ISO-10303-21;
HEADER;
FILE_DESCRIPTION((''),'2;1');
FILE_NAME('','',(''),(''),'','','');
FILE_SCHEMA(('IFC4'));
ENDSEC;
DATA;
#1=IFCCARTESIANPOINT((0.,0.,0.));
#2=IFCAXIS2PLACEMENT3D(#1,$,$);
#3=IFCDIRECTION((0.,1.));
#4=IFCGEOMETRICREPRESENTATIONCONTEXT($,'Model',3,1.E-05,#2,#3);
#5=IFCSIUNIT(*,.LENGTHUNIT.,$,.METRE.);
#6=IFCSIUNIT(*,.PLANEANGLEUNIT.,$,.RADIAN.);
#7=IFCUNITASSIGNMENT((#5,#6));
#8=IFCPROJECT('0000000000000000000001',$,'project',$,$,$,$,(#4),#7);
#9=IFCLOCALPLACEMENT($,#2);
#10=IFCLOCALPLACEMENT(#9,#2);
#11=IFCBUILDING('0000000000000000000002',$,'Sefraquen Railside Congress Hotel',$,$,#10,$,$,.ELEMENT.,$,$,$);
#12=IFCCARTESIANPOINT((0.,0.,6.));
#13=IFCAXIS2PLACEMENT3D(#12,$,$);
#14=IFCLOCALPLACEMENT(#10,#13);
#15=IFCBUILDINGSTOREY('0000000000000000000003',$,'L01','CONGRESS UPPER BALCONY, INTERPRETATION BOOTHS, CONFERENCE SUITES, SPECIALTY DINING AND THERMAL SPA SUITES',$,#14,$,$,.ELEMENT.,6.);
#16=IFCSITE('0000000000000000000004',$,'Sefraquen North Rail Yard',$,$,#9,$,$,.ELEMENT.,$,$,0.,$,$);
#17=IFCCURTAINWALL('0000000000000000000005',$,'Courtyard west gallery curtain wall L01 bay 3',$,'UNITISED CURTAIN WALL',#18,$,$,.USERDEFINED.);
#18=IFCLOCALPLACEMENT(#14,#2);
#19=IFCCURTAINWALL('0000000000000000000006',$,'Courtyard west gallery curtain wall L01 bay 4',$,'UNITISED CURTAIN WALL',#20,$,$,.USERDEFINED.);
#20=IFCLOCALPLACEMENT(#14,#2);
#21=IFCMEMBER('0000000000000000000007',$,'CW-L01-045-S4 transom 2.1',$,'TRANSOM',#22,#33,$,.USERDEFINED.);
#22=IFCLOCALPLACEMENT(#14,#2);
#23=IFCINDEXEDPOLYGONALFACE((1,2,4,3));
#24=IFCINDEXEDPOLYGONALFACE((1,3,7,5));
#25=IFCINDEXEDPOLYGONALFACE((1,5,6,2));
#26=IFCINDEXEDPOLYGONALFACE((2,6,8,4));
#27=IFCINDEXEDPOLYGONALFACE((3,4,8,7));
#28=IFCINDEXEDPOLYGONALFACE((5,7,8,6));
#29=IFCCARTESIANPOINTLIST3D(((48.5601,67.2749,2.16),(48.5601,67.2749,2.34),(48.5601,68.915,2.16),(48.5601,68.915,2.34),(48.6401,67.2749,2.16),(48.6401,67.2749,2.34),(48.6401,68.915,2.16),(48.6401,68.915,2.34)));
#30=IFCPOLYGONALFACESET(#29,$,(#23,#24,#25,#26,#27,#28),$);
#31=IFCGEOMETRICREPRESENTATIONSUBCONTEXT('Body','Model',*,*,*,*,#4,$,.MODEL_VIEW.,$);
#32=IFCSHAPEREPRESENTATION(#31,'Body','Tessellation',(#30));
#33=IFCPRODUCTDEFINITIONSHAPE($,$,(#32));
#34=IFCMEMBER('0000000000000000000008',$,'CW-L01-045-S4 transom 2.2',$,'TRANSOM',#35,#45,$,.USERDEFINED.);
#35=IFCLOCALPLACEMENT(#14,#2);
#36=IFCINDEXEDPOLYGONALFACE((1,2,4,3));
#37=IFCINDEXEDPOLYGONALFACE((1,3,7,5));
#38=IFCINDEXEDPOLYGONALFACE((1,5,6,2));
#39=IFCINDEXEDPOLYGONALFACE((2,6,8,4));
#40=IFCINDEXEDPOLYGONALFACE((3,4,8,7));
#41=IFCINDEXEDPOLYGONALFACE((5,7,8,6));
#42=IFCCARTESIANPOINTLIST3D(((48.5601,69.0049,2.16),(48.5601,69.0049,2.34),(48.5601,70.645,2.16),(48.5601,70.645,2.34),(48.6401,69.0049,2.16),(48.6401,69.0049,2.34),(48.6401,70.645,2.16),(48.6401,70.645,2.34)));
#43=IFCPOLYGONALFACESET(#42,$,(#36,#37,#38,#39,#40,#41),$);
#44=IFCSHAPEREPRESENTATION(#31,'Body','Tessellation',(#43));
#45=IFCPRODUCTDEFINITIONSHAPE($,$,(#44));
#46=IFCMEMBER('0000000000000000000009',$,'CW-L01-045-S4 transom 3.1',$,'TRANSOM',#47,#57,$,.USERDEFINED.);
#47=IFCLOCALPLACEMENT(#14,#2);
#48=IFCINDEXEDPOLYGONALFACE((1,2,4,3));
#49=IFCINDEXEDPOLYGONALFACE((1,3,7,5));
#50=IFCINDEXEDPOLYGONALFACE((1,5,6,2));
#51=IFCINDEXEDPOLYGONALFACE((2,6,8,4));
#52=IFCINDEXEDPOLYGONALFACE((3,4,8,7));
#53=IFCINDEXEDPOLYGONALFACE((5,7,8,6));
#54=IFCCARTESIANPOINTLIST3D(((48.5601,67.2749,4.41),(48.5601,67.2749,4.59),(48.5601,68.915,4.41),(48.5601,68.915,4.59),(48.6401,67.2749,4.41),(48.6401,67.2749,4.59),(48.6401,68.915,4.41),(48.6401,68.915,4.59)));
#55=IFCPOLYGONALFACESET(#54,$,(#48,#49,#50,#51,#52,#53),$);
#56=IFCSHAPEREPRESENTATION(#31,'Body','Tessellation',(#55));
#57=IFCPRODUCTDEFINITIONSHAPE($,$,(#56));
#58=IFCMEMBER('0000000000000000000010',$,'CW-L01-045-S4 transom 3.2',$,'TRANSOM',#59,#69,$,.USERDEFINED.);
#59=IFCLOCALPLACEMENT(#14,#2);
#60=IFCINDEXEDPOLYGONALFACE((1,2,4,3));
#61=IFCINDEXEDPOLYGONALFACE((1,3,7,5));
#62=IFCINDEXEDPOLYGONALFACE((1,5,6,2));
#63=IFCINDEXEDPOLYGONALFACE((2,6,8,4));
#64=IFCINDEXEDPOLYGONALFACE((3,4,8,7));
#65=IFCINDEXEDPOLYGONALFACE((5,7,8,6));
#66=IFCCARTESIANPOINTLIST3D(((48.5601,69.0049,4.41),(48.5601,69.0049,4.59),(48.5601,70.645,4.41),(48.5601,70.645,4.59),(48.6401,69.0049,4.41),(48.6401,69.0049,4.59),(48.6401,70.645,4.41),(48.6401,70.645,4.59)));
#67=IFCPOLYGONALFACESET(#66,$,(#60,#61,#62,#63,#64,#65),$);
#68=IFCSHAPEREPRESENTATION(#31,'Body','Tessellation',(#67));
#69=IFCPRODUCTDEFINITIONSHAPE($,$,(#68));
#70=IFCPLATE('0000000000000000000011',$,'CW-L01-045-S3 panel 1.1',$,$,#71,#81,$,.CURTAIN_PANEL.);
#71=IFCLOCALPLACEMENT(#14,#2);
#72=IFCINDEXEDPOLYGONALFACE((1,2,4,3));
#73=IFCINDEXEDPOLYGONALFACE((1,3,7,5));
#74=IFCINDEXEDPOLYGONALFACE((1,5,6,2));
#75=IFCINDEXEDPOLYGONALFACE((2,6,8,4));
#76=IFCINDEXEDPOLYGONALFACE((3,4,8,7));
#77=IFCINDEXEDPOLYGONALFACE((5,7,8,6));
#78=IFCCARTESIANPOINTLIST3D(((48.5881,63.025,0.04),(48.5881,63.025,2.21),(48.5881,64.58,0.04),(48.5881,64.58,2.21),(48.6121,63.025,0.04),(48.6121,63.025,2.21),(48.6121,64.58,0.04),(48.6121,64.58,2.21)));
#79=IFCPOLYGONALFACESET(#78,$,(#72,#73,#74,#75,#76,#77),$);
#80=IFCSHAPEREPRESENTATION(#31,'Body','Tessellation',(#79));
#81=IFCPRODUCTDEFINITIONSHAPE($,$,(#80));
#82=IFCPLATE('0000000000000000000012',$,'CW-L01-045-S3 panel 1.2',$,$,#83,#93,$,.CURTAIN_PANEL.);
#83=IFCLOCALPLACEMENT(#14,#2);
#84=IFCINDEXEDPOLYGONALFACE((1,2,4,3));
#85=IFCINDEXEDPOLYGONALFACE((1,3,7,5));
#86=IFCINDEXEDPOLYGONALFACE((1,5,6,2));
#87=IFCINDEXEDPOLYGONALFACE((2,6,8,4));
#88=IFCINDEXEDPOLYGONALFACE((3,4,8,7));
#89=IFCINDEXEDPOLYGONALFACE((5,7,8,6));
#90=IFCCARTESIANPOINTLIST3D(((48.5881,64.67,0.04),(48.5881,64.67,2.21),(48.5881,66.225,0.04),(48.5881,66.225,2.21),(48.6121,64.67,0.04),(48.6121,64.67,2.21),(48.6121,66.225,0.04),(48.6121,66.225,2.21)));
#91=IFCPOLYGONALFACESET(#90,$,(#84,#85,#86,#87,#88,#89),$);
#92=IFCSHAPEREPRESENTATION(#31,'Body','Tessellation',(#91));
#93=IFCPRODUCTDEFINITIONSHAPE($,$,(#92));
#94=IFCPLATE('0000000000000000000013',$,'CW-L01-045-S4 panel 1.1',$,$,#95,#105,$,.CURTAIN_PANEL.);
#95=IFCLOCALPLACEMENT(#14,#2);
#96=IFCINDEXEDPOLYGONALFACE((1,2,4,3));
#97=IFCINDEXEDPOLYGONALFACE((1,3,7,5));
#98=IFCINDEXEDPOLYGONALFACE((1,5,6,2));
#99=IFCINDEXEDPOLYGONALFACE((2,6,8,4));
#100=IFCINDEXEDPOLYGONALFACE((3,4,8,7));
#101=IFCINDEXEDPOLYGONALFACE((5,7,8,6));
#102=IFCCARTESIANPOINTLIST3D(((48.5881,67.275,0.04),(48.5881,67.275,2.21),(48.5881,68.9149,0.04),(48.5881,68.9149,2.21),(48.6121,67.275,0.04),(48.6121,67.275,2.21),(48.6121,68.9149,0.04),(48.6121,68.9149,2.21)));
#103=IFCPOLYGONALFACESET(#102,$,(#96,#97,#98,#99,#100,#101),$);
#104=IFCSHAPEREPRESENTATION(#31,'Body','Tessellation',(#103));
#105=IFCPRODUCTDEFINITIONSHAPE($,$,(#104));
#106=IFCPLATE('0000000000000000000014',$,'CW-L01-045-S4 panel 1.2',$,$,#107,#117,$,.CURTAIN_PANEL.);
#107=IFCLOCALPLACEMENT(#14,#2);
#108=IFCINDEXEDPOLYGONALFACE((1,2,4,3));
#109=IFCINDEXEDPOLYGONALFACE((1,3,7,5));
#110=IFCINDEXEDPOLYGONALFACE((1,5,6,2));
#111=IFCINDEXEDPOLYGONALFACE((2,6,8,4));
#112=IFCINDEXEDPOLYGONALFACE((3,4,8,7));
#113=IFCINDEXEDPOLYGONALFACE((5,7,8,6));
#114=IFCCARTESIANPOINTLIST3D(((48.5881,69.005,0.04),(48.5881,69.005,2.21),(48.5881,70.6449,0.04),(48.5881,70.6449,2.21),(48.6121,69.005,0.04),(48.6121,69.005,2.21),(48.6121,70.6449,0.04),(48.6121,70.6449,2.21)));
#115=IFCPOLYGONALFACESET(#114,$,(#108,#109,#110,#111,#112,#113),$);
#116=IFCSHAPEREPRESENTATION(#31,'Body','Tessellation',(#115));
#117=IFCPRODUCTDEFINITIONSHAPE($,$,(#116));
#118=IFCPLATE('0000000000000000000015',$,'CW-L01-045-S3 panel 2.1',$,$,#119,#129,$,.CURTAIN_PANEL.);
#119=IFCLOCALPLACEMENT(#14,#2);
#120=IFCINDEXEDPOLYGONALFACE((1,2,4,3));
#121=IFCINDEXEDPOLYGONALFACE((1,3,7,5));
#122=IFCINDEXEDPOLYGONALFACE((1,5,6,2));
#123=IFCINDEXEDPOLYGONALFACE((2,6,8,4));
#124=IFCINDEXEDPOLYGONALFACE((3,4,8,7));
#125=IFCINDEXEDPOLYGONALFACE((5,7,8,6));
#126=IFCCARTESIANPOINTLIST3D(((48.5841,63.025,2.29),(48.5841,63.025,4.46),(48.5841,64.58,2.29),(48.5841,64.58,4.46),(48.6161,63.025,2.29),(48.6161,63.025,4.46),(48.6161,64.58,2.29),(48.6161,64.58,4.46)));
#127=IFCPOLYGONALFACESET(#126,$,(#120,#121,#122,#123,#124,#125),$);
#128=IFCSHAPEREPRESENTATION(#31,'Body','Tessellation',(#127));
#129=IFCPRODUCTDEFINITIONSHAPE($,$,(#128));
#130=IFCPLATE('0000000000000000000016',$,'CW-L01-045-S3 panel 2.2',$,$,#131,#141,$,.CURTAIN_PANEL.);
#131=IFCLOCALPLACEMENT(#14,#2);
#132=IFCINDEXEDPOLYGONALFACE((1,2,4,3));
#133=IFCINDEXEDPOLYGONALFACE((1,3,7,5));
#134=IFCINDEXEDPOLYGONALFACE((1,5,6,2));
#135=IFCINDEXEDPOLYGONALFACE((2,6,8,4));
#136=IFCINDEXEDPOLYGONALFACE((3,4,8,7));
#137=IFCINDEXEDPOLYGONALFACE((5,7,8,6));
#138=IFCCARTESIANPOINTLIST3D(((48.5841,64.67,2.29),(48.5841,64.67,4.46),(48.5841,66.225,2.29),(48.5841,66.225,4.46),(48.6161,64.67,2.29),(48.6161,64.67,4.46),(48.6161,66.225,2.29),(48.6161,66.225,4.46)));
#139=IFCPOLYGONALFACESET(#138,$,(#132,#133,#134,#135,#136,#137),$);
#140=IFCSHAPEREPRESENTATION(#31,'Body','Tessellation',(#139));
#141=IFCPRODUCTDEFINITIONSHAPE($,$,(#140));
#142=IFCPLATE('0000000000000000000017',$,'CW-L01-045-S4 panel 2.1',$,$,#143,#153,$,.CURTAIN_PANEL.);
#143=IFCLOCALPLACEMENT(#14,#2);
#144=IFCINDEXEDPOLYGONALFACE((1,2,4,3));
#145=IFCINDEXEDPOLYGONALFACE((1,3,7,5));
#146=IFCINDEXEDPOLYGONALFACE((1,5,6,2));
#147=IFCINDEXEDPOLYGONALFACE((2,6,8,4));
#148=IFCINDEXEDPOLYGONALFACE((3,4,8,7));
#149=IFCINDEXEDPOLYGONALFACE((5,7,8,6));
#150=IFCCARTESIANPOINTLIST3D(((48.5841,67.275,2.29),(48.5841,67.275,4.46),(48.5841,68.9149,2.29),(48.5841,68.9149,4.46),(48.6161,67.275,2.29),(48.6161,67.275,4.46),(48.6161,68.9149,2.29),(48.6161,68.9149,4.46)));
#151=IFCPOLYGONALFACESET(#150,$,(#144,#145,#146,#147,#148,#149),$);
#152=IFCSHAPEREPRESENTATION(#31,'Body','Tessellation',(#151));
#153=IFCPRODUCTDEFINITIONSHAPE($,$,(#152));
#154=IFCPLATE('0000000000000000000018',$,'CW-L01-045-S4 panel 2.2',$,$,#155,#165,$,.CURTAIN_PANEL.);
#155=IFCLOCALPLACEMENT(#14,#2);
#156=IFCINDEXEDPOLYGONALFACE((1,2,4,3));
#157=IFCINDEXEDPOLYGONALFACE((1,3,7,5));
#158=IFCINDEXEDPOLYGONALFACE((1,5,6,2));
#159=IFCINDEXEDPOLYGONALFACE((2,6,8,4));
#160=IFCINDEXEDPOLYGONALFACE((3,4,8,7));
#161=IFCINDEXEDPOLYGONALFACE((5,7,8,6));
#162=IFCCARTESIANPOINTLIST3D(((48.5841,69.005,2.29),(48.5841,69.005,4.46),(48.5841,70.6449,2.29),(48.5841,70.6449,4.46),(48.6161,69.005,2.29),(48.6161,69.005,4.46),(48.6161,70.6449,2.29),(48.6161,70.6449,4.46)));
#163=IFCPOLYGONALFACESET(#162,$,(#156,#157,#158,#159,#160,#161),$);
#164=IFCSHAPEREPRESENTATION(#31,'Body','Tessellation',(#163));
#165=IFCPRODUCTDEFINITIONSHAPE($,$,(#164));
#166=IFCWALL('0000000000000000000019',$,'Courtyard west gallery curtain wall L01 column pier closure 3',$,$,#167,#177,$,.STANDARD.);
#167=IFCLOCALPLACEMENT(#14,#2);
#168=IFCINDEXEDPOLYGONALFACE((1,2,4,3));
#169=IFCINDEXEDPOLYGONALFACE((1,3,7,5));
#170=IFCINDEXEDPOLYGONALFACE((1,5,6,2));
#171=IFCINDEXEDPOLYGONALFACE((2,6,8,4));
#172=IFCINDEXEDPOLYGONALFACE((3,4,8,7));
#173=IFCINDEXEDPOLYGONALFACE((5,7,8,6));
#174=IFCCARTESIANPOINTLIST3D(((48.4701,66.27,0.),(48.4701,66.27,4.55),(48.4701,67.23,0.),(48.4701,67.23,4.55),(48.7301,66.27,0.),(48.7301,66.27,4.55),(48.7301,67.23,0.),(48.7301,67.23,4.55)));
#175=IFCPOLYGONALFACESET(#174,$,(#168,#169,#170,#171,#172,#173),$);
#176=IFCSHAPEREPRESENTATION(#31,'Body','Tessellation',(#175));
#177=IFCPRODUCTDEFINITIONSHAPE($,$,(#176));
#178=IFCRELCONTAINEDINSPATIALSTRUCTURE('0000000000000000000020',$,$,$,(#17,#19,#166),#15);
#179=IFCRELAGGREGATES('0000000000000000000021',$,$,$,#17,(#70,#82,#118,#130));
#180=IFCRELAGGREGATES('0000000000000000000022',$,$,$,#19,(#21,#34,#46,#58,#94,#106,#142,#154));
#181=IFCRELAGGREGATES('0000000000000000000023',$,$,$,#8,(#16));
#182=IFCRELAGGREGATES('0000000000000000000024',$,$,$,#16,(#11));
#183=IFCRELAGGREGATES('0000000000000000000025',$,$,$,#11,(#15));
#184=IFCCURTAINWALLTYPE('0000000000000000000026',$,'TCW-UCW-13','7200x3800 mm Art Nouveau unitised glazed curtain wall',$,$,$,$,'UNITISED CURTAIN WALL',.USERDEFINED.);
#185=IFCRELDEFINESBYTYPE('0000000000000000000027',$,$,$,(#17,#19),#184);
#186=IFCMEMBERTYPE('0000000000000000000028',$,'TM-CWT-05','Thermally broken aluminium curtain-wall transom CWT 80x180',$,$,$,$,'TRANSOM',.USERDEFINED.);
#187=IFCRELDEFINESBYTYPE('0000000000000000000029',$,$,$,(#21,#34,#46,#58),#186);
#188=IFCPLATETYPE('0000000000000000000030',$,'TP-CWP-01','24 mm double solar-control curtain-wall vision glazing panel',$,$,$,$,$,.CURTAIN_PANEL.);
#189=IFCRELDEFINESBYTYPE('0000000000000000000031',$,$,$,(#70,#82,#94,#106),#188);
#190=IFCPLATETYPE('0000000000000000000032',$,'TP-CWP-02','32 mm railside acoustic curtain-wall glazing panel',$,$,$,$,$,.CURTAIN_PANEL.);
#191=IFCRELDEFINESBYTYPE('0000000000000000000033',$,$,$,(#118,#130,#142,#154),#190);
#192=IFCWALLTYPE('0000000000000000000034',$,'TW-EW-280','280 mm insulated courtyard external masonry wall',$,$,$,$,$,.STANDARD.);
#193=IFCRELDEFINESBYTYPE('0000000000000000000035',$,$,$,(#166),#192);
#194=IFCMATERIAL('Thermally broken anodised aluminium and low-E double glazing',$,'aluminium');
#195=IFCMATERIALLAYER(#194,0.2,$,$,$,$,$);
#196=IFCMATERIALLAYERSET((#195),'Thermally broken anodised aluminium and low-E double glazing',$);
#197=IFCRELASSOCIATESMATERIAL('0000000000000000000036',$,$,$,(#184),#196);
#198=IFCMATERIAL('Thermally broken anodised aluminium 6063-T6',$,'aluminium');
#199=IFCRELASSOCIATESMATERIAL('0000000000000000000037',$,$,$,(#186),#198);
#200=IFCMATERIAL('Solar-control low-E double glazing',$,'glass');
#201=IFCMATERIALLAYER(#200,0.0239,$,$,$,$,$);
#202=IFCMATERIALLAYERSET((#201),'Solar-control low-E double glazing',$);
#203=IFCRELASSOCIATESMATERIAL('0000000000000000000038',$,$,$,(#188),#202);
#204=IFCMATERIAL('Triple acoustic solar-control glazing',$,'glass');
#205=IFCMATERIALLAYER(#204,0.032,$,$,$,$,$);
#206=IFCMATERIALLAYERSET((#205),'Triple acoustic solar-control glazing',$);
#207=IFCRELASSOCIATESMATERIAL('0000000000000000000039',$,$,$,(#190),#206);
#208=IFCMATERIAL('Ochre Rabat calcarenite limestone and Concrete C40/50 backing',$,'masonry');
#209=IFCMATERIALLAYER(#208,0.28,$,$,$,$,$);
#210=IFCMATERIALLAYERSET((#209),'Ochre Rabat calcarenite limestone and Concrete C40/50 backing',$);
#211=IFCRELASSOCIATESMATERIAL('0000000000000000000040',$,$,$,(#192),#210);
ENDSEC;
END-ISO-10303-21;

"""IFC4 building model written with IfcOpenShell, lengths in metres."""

from ifc_helpers import new_model, si_unit, direction, frame, frame_2d, origin, origin_2d, place, context, subcontext, project, spatial, rectangle, extrude, material, layer, layer_set, material_profile, profile_set, type_object, element, aggregate, save


model = new_model("IFC4")

# Units and contexts
model_context = context("Model", 3, precision=1e-05, world=origin(), true_north=direction((0.0, 1.0)))
body_context = subcontext(model_context, "Body", "Model", "MODEL_VIEW")
ifc_project = project(units=[si_unit("LENGTHUNIT", "METRE"), si_unit("PLANEANGLEUNIT", "RADIAN")], contexts=[model_context])

# Site, building, storey
site_placement = place(None, origin())
site = spatial("IfcSite", under=ifc_project, at=site_placement, Name="Sefraquen North Rail Yard", CompositionType="ELEMENT", RefElevation=0.0)
building_placement = place(site_placement, origin())
building = spatial("IfcBuilding", under=site, at=building_placement, Name="Sefraquen Railside Congress Hotel", CompositionType="ELEMENT")
storey_placement = place(building_placement, frame((0.0, 0.0, 6.0)))
storey = spatial("IfcBuildingStorey", under=building, at=storey_placement, Name="L01", Description="CONGRESS UPPER BALCONY, INTERPRETATION BOOTHS, CONFERENCE SUITES, SPECIALTY DINING AND THERMAL SPA SUITES", CompositionType="ELEMENT", Elevation=6.0)

# Curtain walls
ifc_material_1 = material(Name="Thermally broken anodised aluminium and low-E double glazing", Category="aluminium")
ifc_layer_1 = layer(ifc_material_1, 0.2)
ifc_layer_set_1 = layer_set([ifc_layer_1], Name="Thermally broken anodised aluminium and low-E double glazing")
curtain_wall_type = type_object("IfcCurtainWallType", Name="TCW-UCW-13", Description="7200x3800 mm Art Nouveau unitised glazed curtain wall", ElementType="UNITISED CURTAIN WALL", PredefinedType="USERDEFINED", material=ifc_layer_set_1)
curtain_wall_1_placement = place(storey_placement, origin())
curtain_wall_1 = element("IfcCurtainWall", 1, at=curtain_wall_1_placement, inside=storey, type_object=curtain_wall_type, Name="Courtyard west gallery curtain wall L01 bay 3", ObjectType="UNITISED CURTAIN WALL", PredefinedType="USERDEFINED")
ifc_material_2 = material(Name="Thermally broken anodised aluminium 6063-T6", Category="aluminium")
curtain_wall_2_placement = place(storey_placement, origin())
curtain_wall_2 = element("IfcCurtainWall", 2, at=curtain_wall_2_placement, inside=storey, type_object=curtain_wall_type, Name="Courtyard west gallery curtain wall L01 bay 4", ObjectType="UNITISED CURTAIN WALL", PredefinedType="USERDEFINED")

# Members
ifc_material_profile_1 = material_profile(ifc_material_2, rectangle(XDim=0.0801, YDim=0.1799, at=origin_2d()), Name="CWT 80x180")
ifc_profile_set_1 = profile_set([ifc_material_profile_1], Name="Thermally broken anodised aluminium 6063-T6")
member_type_1 = type_object("IfcMemberType", Name="TM-CWT-05", Description="Thermally broken aluminium curtain-wall transom CWT 80x180", ElementType="TRANSOM", PredefinedType="USERDEFINED", material=ifc_profile_set_1)
member_1_placement = place(storey_placement, frame((48.6001, 67.2749, 2.25), z_axis=(0.0, 1.0, 0.0), x_axis=(-1.0, 0.0, 0.0)))
member_1 = element("IfcMember", 3, at=member_1_placement, type_object=member_type_1, Name="CW-L01-045-S4 transom 2.1", ObjectType="TRANSOM", PredefinedType="USERDEFINED", context=body_context, shape_type="SweptSolid", body=[
    extrude(rectangle(XDim=0.0801, YDim=0.1799, at=origin_2d()), origin(), (0.0, 0.0, 1.0), 1.6401),
])
member_2_placement = place(storey_placement, frame((48.6001, 69.0049, 2.25), z_axis=(0.0, 1.0, 0.0), x_axis=(-1.0, 0.0, 0.0)))
member_2 = element("IfcMember", 4, at=member_2_placement, type_object=member_type_1, Name="CW-L01-045-S4 transom 2.2", ObjectType="TRANSOM", PredefinedType="USERDEFINED", context=body_context, shape_type="SweptSolid", body=[
    extrude(rectangle(XDim=0.0801, YDim=0.1799, at=origin_2d()), origin(), (0.0, 0.0, 1.0), 1.6401),
])
member_3_placement = place(storey_placement, frame((48.6001, 67.2749, 4.5), z_axis=(0.0, 1.0, 0.0), x_axis=(-1.0, 0.0, 0.0)))
member_3 = element("IfcMember", 5, at=member_3_placement, type_object=member_type_1, Name="CW-L01-045-S4 transom 3.1", ObjectType="TRANSOM", PredefinedType="USERDEFINED", context=body_context, shape_type="SweptSolid", body=[
    extrude(rectangle(XDim=0.0801, YDim=0.1799, at=origin_2d()), origin(), (0.0, 0.0, 1.0), 1.6401),
])
member_4_placement = place(storey_placement, frame((48.6001, 69.0049, 4.5), z_axis=(0.0, 1.0, 0.0), x_axis=(-1.0, 0.0, 0.0)))
member_4 = element("IfcMember", 6, at=member_4_placement, type_object=member_type_1, Name="CW-L01-045-S4 transom 3.2", ObjectType="TRANSOM", PredefinedType="USERDEFINED", context=body_context, shape_type="SweptSolid", body=[
    extrude(rectangle(XDim=0.0801, YDim=0.1799, at=origin_2d()), origin(), (0.0, 0.0, 1.0), 1.6401),
])

# Plates
ifc_material_3 = material(Name="Solar-control low-E double glazing", Category="glass")
ifc_layer_2 = layer(ifc_material_3, 0.0239)
ifc_layer_set_2 = layer_set([ifc_layer_2], Name="Solar-control low-E double glazing")
plate_type_1 = type_object("IfcPlateType", Name="TP-CWP-01", Description="24 mm double solar-control curtain-wall vision glazing panel", PredefinedType="CURTAIN_PANEL", material=ifc_layer_set_2)
plate_1_placement = place(storey_placement, frame((48.6001, 63.8025, 0.04), z_axis=(0.0, 0.0, 1.0), x_axis=(0.0, 1.0, 0.0)))
plate_1 = element("IfcPlate", 7, at=plate_1_placement, type_object=plate_type_1, Name="CW-L01-045-S3 panel 1.1", PredefinedType="CURTAIN_PANEL", context=body_context, shape_type="SweptSolid", body=[
    extrude(rectangle(XDim=1.5549, YDim=0.0239, at=origin_2d()), origin(), (0.0, 0.0, 1.0), 2.1699),
])
plate_2_placement = place(storey_placement, frame((48.6001, 65.4475, 0.04), z_axis=(0.0, 0.0, 1.0), x_axis=(0.0, 1.0, 0.0)))
plate_2 = element("IfcPlate", 8, at=plate_2_placement, type_object=plate_type_1, Name="CW-L01-045-S3 panel 1.2", PredefinedType="CURTAIN_PANEL", context=body_context, shape_type="SweptSolid", body=[
    extrude(rectangle(XDim=1.5549, YDim=0.0239, at=origin_2d()), origin(), (0.0, 0.0, 1.0), 2.1699),
])
plate_3_placement = place(storey_placement, frame((48.6001, 68.095, 0.04), z_axis=(0.0, 0.0, 1.0), x_axis=(0.0, 1.0, 0.0)))
plate_3 = element("IfcPlate", 9, at=plate_3_placement, type_object=plate_type_1, Name="CW-L01-045-S4 panel 1.1", PredefinedType="CURTAIN_PANEL", context=body_context, shape_type="SweptSolid", body=[
    extrude(rectangle(XDim=1.6399, YDim=0.0239, at=origin_2d()), origin(), (0.0, 0.0, 1.0), 2.1699),
])
plate_4_placement = place(storey_placement, frame((48.6001, 69.825, 0.04), z_axis=(0.0, 0.0, 1.0), x_axis=(0.0, 1.0, 0.0)))
plate_4 = element("IfcPlate", 10, at=plate_4_placement, type_object=plate_type_1, Name="CW-L01-045-S4 panel 1.2", PredefinedType="CURTAIN_PANEL", context=body_context, shape_type="SweptSolid", body=[
    extrude(rectangle(XDim=1.6399, YDim=0.0239, at=origin_2d()), origin(), (0.0, 0.0, 1.0), 2.1699),
])
ifc_material_4 = material(Name="Triple acoustic solar-control glazing", Category="glass")
ifc_layer_3 = layer(ifc_material_4, 0.032)
ifc_layer_set_3 = layer_set([ifc_layer_3], Name="Triple acoustic solar-control glazing")
plate_type_2 = type_object("IfcPlateType", Name="TP-CWP-02", Description="32 mm railside acoustic curtain-wall glazing panel", PredefinedType="CURTAIN_PANEL", material=ifc_layer_set_3)
plate_5_placement = place(storey_placement, frame((48.6001, 63.8025, 2.29), z_axis=(0.0, 0.0, 1.0), x_axis=(0.0, 1.0, 0.0)))
plate_5 = element("IfcPlate", 11, at=plate_5_placement, type_object=plate_type_2, Name="CW-L01-045-S3 panel 2.1", PredefinedType="CURTAIN_PANEL", context=body_context, shape_type="SweptSolid", body=[
    extrude(rectangle(XDim=1.5549, YDim=0.032, at=origin_2d()), origin(), (0.0, 0.0, 1.0), 2.1699),
])
plate_6_placement = place(storey_placement, frame((48.6001, 65.4475, 2.29), z_axis=(0.0, 0.0, 1.0), x_axis=(0.0, 1.0, 0.0)))
plate_6 = element("IfcPlate", 12, at=plate_6_placement, type_object=plate_type_2, Name="CW-L01-045-S3 panel 2.2", PredefinedType="CURTAIN_PANEL", context=body_context, shape_type="SweptSolid", body=[
    extrude(rectangle(XDim=1.5549, YDim=0.032, at=origin_2d()), origin(), (0.0, 0.0, 1.0), 2.1699),
])
aggregate(curtain_wall_1, [plate_1, plate_2, plate_5, plate_6])
plate_7_placement = place(storey_placement, frame((48.6001, 68.095, 2.29), z_axis=(0.0, 0.0, 1.0), x_axis=(0.0, 1.0, 0.0)))
plate_7 = element("IfcPlate", 13, at=plate_7_placement, type_object=plate_type_2, Name="CW-L01-045-S4 panel 2.1", PredefinedType="CURTAIN_PANEL", context=body_context, shape_type="SweptSolid", body=[
    extrude(rectangle(XDim=1.6399, YDim=0.032, at=origin_2d()), origin(), (0.0, 0.0, 1.0), 2.1699),
])
plate_8_placement = place(storey_placement, frame((48.6001, 69.825, 2.29), z_axis=(0.0, 0.0, 1.0), x_axis=(0.0, 1.0, 0.0)))
plate_8 = element("IfcPlate", 14, at=plate_8_placement, type_object=plate_type_2, Name="CW-L01-045-S4 panel 2.2", PredefinedType="CURTAIN_PANEL", context=body_context, shape_type="SweptSolid", body=[
    extrude(rectangle(XDim=1.6399, YDim=0.032, at=origin_2d()), origin(), (0.0, 0.0, 1.0), 2.1699),
])
aggregate(curtain_wall_2, [member_1, member_2, member_3, member_4, plate_3, plate_4, plate_7, plate_8])

# Wall
ifc_material_5 = material(Name="Ochre Rabat calcarenite limestone and Concrete C40/50 backing", Category="masonry")
ifc_layer_4 = layer(ifc_material_5, 0.28)
ifc_layer_set_4 = layer_set([ifc_layer_4], Name="Ochre Rabat calcarenite limestone and Concrete C40/50 backing")
wall_type_1 = type_object("IfcWallType", Name="TW-EW-280", Description="280 mm insulated courtyard external masonry wall", PredefinedType="STANDARD", material=ifc_layer_set_4)
wall_1_placement = place(storey_placement, frame((48.6001, 66.27, 0.0), z_axis=(0.0, 0.0, 1.0), x_axis=(0.0, 1.0, 0.0)))
element("IfcWall", 15, at=wall_1_placement, inside=storey, type_object=wall_type_1, Name="Courtyard west gallery curtain wall L01 column pier closure 3", PredefinedType="STANDARD", context=body_context, shape_type="SweptSolid", body=[
    extrude(rectangle(XDim=0.96, YDim=0.26, at=frame_2d((0.48, 0.0))), origin(), (0.0, 0.0, 1.0), 4.55),
])

save(model, "model.ifc")
